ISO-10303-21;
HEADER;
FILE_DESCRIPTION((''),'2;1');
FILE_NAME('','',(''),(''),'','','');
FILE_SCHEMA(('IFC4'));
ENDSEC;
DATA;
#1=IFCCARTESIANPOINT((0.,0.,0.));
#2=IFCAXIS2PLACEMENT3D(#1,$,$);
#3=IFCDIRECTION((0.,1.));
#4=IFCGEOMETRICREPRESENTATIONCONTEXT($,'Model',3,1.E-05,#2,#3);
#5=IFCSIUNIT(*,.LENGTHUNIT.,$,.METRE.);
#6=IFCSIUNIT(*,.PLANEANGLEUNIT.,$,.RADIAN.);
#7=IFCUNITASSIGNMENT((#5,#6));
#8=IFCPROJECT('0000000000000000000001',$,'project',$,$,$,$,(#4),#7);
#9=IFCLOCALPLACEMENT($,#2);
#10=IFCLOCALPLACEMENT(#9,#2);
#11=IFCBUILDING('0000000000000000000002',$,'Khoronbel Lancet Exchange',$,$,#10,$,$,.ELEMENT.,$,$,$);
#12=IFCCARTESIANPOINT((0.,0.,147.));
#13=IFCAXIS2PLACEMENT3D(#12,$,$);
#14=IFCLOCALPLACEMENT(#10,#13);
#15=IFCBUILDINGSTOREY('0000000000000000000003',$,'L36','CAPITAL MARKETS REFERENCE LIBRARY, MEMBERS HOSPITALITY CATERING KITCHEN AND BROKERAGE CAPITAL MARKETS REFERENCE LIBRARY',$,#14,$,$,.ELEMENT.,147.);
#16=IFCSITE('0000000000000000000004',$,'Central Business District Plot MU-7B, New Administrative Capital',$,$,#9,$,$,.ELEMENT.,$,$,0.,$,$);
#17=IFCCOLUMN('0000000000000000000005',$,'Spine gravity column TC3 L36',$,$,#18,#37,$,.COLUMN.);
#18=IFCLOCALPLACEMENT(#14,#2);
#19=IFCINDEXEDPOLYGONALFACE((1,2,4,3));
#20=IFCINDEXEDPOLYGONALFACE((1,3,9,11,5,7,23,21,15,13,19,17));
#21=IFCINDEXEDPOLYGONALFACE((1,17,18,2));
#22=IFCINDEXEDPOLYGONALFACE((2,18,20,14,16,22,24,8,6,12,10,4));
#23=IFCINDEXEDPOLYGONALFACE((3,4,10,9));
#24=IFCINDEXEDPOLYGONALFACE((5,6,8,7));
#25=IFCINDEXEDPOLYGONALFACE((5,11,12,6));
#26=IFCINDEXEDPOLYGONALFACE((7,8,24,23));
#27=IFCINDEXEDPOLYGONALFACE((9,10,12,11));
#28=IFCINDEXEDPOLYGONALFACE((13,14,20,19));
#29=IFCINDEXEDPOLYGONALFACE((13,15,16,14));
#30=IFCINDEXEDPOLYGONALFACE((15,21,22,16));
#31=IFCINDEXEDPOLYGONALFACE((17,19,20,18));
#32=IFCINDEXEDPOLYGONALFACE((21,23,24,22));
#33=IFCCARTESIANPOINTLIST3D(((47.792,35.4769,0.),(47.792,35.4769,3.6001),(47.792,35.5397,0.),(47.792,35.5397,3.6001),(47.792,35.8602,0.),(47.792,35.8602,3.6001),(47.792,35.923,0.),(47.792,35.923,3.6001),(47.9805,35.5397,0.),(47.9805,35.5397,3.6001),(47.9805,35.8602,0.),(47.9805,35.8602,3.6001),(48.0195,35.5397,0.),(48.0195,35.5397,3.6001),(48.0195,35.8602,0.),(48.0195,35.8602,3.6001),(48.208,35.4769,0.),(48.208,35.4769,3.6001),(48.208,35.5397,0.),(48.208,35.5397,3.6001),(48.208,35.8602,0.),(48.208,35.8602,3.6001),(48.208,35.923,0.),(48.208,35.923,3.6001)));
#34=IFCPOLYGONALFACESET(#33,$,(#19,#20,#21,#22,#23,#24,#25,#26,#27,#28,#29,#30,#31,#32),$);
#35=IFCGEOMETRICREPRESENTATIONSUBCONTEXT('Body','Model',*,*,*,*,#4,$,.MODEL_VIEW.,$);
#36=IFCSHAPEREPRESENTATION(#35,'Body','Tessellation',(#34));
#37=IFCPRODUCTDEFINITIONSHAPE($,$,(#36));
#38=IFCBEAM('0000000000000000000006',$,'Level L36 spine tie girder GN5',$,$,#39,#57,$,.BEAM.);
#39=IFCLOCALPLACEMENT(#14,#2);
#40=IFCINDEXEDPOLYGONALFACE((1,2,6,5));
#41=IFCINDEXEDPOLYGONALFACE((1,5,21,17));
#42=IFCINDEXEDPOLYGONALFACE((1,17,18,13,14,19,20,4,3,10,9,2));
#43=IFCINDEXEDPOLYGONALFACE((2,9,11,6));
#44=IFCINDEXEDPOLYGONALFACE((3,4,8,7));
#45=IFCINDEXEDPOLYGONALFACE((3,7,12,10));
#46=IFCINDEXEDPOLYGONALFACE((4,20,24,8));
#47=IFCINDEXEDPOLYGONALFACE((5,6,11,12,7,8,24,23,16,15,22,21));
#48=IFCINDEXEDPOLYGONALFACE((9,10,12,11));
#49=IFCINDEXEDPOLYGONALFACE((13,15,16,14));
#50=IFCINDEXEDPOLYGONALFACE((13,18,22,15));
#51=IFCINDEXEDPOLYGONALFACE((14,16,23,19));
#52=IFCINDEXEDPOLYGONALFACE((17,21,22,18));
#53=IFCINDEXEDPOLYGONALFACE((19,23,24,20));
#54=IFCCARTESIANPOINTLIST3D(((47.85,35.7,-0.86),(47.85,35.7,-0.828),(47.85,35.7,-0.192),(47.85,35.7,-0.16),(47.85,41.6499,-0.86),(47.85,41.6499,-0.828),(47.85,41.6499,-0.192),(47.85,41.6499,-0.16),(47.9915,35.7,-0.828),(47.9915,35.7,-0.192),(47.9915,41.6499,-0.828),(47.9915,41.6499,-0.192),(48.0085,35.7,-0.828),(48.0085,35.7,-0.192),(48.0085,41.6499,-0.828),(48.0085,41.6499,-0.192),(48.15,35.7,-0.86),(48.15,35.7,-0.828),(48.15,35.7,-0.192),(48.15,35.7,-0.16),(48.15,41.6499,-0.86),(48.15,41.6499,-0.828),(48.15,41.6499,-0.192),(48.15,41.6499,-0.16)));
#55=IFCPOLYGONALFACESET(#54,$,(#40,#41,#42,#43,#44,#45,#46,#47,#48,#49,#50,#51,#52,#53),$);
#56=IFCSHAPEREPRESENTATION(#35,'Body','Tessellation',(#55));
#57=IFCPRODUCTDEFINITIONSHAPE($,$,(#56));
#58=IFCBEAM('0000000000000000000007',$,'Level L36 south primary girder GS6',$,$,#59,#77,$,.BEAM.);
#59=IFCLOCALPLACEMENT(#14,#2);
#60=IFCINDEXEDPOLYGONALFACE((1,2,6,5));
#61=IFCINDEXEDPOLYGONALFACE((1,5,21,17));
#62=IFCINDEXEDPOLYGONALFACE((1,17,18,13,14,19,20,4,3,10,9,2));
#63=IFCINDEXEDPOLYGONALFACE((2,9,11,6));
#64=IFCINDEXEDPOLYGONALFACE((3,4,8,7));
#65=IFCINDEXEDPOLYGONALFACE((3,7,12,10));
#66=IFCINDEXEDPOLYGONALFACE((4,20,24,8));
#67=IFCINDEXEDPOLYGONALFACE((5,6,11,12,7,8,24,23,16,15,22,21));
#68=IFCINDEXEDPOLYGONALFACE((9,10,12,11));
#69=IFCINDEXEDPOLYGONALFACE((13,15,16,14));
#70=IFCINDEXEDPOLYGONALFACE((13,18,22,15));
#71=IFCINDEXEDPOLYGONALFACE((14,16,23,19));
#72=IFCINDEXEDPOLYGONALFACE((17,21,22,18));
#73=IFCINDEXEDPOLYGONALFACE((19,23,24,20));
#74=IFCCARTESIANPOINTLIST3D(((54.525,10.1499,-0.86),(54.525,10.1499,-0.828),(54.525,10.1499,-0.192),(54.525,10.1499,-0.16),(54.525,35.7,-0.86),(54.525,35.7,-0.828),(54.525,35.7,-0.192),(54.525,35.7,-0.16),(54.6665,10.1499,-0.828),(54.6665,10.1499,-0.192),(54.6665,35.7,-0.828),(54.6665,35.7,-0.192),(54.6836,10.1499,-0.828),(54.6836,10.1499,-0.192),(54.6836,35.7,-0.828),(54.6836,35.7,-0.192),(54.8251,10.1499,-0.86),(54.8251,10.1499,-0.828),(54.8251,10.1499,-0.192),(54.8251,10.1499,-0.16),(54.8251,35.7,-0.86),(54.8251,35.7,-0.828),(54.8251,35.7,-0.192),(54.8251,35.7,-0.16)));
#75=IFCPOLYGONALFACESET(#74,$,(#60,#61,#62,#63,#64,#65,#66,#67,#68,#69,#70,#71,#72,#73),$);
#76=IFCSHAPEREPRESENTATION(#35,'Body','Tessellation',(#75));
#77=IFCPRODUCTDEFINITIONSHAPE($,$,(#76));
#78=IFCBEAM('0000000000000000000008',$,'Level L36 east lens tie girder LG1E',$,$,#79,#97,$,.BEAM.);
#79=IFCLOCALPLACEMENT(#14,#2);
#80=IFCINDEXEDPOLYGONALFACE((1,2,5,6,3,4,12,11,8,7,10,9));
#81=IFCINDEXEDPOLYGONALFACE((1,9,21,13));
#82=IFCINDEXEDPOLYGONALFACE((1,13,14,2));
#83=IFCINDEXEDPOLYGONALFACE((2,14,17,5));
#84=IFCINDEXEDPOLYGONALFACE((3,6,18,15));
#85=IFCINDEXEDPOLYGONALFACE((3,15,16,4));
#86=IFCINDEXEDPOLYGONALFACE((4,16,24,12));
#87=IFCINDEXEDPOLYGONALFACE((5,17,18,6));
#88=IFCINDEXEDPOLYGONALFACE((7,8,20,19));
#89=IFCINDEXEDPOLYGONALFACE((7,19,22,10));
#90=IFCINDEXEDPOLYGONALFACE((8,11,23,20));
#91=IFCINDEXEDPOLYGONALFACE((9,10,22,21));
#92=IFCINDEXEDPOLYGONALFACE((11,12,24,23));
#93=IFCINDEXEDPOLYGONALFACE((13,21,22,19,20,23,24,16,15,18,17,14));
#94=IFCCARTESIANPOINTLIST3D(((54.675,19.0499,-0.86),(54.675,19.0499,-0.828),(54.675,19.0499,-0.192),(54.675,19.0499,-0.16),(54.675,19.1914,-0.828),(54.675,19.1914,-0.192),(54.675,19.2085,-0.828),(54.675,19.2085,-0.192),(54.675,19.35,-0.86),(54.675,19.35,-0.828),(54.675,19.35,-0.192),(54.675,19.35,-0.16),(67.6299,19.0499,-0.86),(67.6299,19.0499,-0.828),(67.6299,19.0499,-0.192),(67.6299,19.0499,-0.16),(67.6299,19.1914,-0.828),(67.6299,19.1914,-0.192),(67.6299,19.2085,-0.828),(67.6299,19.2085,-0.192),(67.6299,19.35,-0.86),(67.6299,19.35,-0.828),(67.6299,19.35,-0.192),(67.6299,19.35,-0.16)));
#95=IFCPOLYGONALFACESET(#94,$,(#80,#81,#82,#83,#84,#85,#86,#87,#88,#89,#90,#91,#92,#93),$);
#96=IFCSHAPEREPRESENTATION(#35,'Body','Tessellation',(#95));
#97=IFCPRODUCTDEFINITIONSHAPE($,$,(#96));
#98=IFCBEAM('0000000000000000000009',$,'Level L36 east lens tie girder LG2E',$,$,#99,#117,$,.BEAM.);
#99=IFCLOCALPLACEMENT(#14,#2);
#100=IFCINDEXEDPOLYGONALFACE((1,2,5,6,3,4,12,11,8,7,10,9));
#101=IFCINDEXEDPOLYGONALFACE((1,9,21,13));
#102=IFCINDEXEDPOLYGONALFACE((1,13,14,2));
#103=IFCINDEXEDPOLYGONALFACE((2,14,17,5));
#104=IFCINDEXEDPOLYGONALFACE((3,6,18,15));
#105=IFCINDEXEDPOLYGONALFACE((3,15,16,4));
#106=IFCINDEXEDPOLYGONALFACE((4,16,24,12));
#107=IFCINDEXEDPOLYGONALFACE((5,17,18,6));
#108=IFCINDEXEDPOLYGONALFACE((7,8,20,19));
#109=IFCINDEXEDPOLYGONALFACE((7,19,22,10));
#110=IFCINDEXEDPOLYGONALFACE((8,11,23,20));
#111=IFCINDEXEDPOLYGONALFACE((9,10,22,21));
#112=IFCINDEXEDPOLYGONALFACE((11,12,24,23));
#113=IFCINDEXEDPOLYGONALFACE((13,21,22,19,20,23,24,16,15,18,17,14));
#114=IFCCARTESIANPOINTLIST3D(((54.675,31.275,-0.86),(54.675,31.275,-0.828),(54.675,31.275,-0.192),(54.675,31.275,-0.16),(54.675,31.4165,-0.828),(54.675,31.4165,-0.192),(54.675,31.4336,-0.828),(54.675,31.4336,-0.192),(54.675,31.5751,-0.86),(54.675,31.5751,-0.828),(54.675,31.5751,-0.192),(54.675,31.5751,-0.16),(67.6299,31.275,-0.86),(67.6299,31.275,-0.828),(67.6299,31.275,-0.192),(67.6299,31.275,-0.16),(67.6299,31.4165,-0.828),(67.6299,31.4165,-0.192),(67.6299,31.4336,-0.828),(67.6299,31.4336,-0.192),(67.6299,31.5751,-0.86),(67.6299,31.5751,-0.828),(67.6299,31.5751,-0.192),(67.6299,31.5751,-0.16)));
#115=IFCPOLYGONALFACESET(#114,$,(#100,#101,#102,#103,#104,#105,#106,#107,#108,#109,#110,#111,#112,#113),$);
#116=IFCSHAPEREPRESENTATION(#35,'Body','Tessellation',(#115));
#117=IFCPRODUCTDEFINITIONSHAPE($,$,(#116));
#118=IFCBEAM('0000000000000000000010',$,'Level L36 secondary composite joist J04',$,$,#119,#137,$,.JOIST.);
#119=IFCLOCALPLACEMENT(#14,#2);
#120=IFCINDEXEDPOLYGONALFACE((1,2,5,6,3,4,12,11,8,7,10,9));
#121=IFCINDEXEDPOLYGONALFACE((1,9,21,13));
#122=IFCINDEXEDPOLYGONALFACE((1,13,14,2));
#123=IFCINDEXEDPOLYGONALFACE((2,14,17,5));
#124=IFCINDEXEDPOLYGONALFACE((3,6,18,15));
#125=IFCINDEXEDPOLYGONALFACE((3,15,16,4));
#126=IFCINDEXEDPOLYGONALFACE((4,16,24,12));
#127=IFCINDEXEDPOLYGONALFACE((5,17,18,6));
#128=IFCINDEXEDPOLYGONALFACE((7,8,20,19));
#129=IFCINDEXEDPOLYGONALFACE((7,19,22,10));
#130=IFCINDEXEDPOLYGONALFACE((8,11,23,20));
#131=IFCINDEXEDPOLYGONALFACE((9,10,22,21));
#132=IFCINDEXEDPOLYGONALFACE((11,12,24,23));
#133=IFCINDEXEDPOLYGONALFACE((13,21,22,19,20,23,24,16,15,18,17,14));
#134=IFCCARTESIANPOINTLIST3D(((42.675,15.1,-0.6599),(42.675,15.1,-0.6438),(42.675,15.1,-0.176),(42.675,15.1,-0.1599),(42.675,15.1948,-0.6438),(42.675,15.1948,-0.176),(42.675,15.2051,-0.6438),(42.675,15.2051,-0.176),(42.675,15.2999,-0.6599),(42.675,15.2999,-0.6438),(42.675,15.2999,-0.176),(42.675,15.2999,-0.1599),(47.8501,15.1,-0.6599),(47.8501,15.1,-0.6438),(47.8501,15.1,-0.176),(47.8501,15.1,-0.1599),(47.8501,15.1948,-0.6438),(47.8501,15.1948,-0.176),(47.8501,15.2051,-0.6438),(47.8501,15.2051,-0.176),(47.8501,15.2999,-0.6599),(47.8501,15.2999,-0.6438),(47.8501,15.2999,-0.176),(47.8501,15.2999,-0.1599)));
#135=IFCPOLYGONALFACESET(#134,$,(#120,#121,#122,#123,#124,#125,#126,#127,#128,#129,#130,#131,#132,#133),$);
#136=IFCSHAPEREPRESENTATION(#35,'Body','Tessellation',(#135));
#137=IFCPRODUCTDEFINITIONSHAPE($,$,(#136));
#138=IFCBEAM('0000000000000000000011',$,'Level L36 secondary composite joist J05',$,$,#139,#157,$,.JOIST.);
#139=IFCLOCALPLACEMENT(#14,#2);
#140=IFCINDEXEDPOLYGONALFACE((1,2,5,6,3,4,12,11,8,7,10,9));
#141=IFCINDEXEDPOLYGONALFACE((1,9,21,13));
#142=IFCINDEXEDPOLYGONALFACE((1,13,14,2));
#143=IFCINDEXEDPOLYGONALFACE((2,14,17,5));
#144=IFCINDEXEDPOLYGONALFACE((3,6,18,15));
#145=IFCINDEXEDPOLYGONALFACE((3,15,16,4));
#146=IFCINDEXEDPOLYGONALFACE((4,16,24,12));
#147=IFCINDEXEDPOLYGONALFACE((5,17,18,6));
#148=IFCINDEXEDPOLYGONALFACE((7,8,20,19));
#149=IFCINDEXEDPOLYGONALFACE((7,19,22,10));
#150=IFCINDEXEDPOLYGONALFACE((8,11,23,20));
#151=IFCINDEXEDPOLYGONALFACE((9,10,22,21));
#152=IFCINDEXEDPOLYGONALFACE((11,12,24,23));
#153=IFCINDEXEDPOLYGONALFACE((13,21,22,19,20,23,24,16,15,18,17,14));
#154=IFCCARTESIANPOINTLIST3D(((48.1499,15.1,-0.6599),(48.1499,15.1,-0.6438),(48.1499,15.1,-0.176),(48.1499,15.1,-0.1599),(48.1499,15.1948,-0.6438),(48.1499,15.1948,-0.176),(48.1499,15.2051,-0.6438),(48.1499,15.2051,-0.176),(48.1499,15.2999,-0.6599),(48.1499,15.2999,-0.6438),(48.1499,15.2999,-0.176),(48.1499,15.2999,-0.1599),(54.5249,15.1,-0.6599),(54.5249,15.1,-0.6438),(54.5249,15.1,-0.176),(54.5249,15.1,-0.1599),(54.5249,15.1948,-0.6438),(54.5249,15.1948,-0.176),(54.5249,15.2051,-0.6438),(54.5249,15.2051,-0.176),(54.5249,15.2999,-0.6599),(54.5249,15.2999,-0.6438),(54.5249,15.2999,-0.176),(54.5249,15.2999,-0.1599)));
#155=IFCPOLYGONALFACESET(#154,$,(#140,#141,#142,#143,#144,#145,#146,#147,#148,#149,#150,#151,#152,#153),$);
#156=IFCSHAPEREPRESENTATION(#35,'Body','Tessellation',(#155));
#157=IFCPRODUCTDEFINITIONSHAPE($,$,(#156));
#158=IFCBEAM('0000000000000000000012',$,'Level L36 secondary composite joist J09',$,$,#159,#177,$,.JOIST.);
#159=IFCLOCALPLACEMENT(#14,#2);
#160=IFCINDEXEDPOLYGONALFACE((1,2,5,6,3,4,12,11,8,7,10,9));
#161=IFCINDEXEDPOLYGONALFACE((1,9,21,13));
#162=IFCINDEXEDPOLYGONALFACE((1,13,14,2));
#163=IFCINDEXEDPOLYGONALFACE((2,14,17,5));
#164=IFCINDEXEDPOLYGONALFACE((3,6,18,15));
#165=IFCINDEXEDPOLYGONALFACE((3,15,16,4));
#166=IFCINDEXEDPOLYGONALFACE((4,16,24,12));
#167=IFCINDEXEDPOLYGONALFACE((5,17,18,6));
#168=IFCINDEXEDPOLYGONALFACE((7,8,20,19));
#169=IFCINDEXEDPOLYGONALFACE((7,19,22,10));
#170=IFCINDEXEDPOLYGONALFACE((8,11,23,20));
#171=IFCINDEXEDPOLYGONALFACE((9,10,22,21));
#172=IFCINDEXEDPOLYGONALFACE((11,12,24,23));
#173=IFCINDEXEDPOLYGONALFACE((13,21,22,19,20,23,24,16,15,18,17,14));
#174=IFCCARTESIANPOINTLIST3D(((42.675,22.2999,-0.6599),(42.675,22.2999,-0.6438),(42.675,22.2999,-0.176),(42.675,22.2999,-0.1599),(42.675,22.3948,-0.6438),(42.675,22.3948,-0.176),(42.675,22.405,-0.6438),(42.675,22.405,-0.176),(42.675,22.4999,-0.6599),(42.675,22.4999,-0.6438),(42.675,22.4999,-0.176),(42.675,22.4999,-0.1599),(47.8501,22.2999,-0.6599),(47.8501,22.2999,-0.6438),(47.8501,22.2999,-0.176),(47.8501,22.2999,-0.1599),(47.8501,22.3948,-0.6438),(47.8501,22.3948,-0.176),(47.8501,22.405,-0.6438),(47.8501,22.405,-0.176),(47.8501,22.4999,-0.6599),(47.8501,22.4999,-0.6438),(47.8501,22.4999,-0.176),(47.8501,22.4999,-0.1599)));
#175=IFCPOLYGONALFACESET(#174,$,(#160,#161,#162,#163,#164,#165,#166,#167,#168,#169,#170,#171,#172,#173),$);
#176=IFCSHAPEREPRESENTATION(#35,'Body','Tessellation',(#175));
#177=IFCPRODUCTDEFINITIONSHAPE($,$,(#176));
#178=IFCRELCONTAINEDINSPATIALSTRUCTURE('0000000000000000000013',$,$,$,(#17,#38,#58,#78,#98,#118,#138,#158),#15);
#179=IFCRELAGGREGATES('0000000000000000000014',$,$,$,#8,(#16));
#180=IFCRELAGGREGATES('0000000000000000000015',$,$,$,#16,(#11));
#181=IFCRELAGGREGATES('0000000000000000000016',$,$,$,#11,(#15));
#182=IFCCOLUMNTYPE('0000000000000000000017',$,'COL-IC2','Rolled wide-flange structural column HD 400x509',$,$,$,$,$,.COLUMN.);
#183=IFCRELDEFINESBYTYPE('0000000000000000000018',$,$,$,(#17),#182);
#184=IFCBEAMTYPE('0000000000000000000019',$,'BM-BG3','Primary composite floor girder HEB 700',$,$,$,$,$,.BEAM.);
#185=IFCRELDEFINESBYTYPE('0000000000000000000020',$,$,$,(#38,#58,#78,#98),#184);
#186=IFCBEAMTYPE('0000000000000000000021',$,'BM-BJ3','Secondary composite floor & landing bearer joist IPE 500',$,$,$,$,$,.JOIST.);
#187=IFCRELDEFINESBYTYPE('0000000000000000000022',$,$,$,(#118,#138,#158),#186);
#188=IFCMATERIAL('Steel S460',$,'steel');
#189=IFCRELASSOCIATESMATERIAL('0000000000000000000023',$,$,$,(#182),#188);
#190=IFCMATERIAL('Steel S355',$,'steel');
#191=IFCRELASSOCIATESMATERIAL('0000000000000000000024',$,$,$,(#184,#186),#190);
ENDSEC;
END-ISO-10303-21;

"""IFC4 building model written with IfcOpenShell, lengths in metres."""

from ifc_helpers import new_model, si_unit, direction, frame, origin, origin_2d, place, context, subcontext, project, spatial, i_section, extrude, material, material_profile, profile_set, type_object, element, save


model = new_model("IFC4")

# Units and contexts
model_context = context("Model", 3, precision=1e-05, world=origin(), true_north=direction((0.0, 1.0)))
body_context = subcontext(model_context, "Body", "Model", "MODEL_VIEW")
ifc_project = project(units=[si_unit("LENGTHUNIT", "METRE"), si_unit("PLANEANGLEUNIT", "RADIAN")], contexts=[model_context])

# Site, building, storey
site_placement = place(None, origin())
site = spatial("IfcSite", under=ifc_project, at=site_placement, Name="Central Business District Plot MU-7B, New Administrative Capital", CompositionType="ELEMENT", RefElevation=0.0)
building_placement = place(site_placement, origin())
building = spatial("IfcBuilding", under=site, at=building_placement, Name="Khoronbel Lancet Exchange", CompositionType="ELEMENT")
storey_placement = place(building_placement, frame((0.0, 0.0, 147.0)))
storey = spatial("IfcBuildingStorey", under=building, at=storey_placement, Name="L36", Description="CAPITAL MARKETS REFERENCE LIBRARY, MEMBERS HOSPITALITY CATERING KITCHEN AND BROKERAGE CAPITAL MARKETS REFERENCE LIBRARY", CompositionType="ELEMENT", Elevation=147.0)

# Column
ifc_material_1 = material(Name="Steel S460", Category="steel")
ifc_material_profile_1 = material_profile(ifc_material_1, i_section(OverallWidth=0.416, OverallDepth=0.446, WebThickness=0.0391, FlangeThickness=0.0627, at=origin_2d()), Name="HD 400x509")
ifc_profile_set_1 = profile_set([ifc_material_profile_1], Name="Steel S460")
column_type = type_object("IfcColumnType", Name="COL-IC2", Description="Rolled wide-flange structural column HD 400x509", PredefinedType="COLUMN", material=ifc_profile_set_1)
column_placement = place(storey_placement, frame((48.0, 35.7, 0.0), z_axis=(0.0, 0.0, 1.0), x_axis=(1.0, 0.0, 0.0)))
element("IfcColumn", 1, at=column_placement, inside=storey, type_object=column_type, Name="Spine gravity column TC3 L36", PredefinedType="COLUMN", context=body_context, shape_type="SweptSolid", body=[
    extrude(i_section(OverallWidth=0.416, OverallDepth=0.446, WebThickness=0.0391, FlangeThickness=0.0627, at=origin_2d()), origin(), (0.0, 0.0, 1.0), 3.6001),
])

# Beams
ifc_material_2 = material(Name="Steel S355", Category="steel")
ifc_material_profile_2 = material_profile(ifc_material_2, i_section(OverallWidth=0.3, OverallDepth=0.7, WebThickness=0.0171, FlangeThickness=0.032, at=origin_2d()), Name="HEB 700")
ifc_profile_set_2 = profile_set([ifc_material_profile_2], Name="Steel S355")
beam_type_1 = type_object("IfcBeamType", Name="BM-BG3", Description="Primary composite floor girder HEB 700", PredefinedType="BEAM", material=ifc_profile_set_2)
beam_1_placement = place(storey_placement, frame((48.0, 35.7, -0.51), z_axis=(0.0, 1.0, 0.0), x_axis=(-1.0, 0.0, 0.0)))
element("IfcBeam", 2, at=beam_1_placement, inside=storey, type_object=beam_type_1, Name="Level L36 spine tie girder GN5", PredefinedType="BEAM", context=body_context, shape_type="SweptSolid", body=[
    extrude(i_section(OverallWidth=0.3, OverallDepth=0.7, WebThickness=0.0171, FlangeThickness=0.032, at=origin_2d()), origin(), (0.0, 0.0, 1.0), 5.95),
])
beam_2_placement = place(storey_placement, frame((54.675, 10.1499, -0.51), z_axis=(0.0, 1.0, 0.0), x_axis=(-1.0, 0.0, 0.0)))
element("IfcBeam", 3, at=beam_2_placement, inside=storey, type_object=beam_type_1, Name="Level L36 south primary girder GS6", PredefinedType="BEAM", context=body_context, shape_type="SweptSolid", body=[
    extrude(i_section(OverallWidth=0.3, OverallDepth=0.7, WebThickness=0.0171, FlangeThickness=0.032, at=origin_2d()), origin(), (0.0, 0.0, 1.0), 25.55),
])
for number, where, z_axis, x_axis, name in (
    (4, (54.675, 19.2, -0.51), (1.0, 0.0, 0.0), (0.0, 1.0, 0.0), "Level L36 east lens tie girder LG1E"),
    (5, (54.675, 31.425, -0.51), (1.0, 0.0, 0.0), (0.0, 1.0, 0.0), "Level L36 east lens tie girder LG2E"),
):
    element("IfcBeam", number, at=place(storey_placement, frame(where, z_axis=z_axis, x_axis=x_axis)), inside=storey, type_object=beam_type_1, Name=name, PredefinedType="BEAM", context=body_context, shape_type="SweptSolid", body=[
        extrude(i_section(OverallWidth=0.3, OverallDepth=0.7, WebThickness=0.0171, FlangeThickness=0.032, at=origin_2d()), origin(), (0.0, 0.0, 1.0), 12.9548),
    ])
ifc_material_profile_3 = material_profile(ifc_material_2, i_section(OverallWidth=0.2, OverallDepth=0.5, WebThickness=0.0103, FlangeThickness=0.0161, at=origin_2d()), Name="IPE 500")
ifc_profile_set_3 = profile_set([ifc_material_profile_3], Name="Steel S355")
beam_type_2 = type_object("IfcBeamType", Name="BM-BJ3", Description="Secondary composite floor & landing bearer joist IPE 500", PredefinedType="JOIST", material=ifc_profile_set_3)
beam_3_placement = place(storey_placement, frame((42.675, 15.2, -0.4099), z_axis=(1.0, 0.0, 0.0), x_axis=(0.0, 1.0, 0.0)))
element("IfcBeam", 6, at=beam_3_placement, inside=storey, type_object=beam_type_2, Name="Level L36 secondary composite joist J04", PredefinedType="JOIST", context=body_context, shape_type="SweptSolid", body=[
    extrude(i_section(OverallWidth=0.2, OverallDepth=0.5, WebThickness=0.0103, FlangeThickness=0.0161, at=origin_2d()), origin(), (0.0, 0.0, 1.0), 5.175),
])
beam_4_placement = place(storey_placement, frame((48.1499, 15.2, -0.4099), z_axis=(1.0, 0.0, 0.0), x_axis=(0.0, 1.0, 0.0)))
element("IfcBeam", 7, at=beam_4_placement, inside=storey, type_object=beam_type_2, Name="Level L36 secondary composite joist J05", PredefinedType="JOIST", context=body_context, shape_type="SweptSolid", body=[
    extrude(i_section(OverallWidth=0.2, OverallDepth=0.5, WebThickness=0.0103, FlangeThickness=0.0161, at=origin_2d()), origin(), (0.0, 0.0, 1.0), 6.375),
])
beam_5_placement = place(storey_placement, frame((42.675, 22.3999, -0.4099), z_axis=(1.0, 0.0, 0.0), x_axis=(0.0, 1.0, 0.0)))
element("IfcBeam", 8, at=beam_5_placement, inside=storey, type_object=beam_type_2, Name="Level L36 secondary composite joist J09", PredefinedType="JOIST", context=body_context, shape_type="SweptSolid", body=[
    extrude(i_section(OverallWidth=0.2, OverallDepth=0.5, WebThickness=0.0103, FlangeThickness=0.0161, at=origin_2d()), origin(), (0.0, 0.0, 1.0), 5.175),
])

save(model, "model.ifc")
